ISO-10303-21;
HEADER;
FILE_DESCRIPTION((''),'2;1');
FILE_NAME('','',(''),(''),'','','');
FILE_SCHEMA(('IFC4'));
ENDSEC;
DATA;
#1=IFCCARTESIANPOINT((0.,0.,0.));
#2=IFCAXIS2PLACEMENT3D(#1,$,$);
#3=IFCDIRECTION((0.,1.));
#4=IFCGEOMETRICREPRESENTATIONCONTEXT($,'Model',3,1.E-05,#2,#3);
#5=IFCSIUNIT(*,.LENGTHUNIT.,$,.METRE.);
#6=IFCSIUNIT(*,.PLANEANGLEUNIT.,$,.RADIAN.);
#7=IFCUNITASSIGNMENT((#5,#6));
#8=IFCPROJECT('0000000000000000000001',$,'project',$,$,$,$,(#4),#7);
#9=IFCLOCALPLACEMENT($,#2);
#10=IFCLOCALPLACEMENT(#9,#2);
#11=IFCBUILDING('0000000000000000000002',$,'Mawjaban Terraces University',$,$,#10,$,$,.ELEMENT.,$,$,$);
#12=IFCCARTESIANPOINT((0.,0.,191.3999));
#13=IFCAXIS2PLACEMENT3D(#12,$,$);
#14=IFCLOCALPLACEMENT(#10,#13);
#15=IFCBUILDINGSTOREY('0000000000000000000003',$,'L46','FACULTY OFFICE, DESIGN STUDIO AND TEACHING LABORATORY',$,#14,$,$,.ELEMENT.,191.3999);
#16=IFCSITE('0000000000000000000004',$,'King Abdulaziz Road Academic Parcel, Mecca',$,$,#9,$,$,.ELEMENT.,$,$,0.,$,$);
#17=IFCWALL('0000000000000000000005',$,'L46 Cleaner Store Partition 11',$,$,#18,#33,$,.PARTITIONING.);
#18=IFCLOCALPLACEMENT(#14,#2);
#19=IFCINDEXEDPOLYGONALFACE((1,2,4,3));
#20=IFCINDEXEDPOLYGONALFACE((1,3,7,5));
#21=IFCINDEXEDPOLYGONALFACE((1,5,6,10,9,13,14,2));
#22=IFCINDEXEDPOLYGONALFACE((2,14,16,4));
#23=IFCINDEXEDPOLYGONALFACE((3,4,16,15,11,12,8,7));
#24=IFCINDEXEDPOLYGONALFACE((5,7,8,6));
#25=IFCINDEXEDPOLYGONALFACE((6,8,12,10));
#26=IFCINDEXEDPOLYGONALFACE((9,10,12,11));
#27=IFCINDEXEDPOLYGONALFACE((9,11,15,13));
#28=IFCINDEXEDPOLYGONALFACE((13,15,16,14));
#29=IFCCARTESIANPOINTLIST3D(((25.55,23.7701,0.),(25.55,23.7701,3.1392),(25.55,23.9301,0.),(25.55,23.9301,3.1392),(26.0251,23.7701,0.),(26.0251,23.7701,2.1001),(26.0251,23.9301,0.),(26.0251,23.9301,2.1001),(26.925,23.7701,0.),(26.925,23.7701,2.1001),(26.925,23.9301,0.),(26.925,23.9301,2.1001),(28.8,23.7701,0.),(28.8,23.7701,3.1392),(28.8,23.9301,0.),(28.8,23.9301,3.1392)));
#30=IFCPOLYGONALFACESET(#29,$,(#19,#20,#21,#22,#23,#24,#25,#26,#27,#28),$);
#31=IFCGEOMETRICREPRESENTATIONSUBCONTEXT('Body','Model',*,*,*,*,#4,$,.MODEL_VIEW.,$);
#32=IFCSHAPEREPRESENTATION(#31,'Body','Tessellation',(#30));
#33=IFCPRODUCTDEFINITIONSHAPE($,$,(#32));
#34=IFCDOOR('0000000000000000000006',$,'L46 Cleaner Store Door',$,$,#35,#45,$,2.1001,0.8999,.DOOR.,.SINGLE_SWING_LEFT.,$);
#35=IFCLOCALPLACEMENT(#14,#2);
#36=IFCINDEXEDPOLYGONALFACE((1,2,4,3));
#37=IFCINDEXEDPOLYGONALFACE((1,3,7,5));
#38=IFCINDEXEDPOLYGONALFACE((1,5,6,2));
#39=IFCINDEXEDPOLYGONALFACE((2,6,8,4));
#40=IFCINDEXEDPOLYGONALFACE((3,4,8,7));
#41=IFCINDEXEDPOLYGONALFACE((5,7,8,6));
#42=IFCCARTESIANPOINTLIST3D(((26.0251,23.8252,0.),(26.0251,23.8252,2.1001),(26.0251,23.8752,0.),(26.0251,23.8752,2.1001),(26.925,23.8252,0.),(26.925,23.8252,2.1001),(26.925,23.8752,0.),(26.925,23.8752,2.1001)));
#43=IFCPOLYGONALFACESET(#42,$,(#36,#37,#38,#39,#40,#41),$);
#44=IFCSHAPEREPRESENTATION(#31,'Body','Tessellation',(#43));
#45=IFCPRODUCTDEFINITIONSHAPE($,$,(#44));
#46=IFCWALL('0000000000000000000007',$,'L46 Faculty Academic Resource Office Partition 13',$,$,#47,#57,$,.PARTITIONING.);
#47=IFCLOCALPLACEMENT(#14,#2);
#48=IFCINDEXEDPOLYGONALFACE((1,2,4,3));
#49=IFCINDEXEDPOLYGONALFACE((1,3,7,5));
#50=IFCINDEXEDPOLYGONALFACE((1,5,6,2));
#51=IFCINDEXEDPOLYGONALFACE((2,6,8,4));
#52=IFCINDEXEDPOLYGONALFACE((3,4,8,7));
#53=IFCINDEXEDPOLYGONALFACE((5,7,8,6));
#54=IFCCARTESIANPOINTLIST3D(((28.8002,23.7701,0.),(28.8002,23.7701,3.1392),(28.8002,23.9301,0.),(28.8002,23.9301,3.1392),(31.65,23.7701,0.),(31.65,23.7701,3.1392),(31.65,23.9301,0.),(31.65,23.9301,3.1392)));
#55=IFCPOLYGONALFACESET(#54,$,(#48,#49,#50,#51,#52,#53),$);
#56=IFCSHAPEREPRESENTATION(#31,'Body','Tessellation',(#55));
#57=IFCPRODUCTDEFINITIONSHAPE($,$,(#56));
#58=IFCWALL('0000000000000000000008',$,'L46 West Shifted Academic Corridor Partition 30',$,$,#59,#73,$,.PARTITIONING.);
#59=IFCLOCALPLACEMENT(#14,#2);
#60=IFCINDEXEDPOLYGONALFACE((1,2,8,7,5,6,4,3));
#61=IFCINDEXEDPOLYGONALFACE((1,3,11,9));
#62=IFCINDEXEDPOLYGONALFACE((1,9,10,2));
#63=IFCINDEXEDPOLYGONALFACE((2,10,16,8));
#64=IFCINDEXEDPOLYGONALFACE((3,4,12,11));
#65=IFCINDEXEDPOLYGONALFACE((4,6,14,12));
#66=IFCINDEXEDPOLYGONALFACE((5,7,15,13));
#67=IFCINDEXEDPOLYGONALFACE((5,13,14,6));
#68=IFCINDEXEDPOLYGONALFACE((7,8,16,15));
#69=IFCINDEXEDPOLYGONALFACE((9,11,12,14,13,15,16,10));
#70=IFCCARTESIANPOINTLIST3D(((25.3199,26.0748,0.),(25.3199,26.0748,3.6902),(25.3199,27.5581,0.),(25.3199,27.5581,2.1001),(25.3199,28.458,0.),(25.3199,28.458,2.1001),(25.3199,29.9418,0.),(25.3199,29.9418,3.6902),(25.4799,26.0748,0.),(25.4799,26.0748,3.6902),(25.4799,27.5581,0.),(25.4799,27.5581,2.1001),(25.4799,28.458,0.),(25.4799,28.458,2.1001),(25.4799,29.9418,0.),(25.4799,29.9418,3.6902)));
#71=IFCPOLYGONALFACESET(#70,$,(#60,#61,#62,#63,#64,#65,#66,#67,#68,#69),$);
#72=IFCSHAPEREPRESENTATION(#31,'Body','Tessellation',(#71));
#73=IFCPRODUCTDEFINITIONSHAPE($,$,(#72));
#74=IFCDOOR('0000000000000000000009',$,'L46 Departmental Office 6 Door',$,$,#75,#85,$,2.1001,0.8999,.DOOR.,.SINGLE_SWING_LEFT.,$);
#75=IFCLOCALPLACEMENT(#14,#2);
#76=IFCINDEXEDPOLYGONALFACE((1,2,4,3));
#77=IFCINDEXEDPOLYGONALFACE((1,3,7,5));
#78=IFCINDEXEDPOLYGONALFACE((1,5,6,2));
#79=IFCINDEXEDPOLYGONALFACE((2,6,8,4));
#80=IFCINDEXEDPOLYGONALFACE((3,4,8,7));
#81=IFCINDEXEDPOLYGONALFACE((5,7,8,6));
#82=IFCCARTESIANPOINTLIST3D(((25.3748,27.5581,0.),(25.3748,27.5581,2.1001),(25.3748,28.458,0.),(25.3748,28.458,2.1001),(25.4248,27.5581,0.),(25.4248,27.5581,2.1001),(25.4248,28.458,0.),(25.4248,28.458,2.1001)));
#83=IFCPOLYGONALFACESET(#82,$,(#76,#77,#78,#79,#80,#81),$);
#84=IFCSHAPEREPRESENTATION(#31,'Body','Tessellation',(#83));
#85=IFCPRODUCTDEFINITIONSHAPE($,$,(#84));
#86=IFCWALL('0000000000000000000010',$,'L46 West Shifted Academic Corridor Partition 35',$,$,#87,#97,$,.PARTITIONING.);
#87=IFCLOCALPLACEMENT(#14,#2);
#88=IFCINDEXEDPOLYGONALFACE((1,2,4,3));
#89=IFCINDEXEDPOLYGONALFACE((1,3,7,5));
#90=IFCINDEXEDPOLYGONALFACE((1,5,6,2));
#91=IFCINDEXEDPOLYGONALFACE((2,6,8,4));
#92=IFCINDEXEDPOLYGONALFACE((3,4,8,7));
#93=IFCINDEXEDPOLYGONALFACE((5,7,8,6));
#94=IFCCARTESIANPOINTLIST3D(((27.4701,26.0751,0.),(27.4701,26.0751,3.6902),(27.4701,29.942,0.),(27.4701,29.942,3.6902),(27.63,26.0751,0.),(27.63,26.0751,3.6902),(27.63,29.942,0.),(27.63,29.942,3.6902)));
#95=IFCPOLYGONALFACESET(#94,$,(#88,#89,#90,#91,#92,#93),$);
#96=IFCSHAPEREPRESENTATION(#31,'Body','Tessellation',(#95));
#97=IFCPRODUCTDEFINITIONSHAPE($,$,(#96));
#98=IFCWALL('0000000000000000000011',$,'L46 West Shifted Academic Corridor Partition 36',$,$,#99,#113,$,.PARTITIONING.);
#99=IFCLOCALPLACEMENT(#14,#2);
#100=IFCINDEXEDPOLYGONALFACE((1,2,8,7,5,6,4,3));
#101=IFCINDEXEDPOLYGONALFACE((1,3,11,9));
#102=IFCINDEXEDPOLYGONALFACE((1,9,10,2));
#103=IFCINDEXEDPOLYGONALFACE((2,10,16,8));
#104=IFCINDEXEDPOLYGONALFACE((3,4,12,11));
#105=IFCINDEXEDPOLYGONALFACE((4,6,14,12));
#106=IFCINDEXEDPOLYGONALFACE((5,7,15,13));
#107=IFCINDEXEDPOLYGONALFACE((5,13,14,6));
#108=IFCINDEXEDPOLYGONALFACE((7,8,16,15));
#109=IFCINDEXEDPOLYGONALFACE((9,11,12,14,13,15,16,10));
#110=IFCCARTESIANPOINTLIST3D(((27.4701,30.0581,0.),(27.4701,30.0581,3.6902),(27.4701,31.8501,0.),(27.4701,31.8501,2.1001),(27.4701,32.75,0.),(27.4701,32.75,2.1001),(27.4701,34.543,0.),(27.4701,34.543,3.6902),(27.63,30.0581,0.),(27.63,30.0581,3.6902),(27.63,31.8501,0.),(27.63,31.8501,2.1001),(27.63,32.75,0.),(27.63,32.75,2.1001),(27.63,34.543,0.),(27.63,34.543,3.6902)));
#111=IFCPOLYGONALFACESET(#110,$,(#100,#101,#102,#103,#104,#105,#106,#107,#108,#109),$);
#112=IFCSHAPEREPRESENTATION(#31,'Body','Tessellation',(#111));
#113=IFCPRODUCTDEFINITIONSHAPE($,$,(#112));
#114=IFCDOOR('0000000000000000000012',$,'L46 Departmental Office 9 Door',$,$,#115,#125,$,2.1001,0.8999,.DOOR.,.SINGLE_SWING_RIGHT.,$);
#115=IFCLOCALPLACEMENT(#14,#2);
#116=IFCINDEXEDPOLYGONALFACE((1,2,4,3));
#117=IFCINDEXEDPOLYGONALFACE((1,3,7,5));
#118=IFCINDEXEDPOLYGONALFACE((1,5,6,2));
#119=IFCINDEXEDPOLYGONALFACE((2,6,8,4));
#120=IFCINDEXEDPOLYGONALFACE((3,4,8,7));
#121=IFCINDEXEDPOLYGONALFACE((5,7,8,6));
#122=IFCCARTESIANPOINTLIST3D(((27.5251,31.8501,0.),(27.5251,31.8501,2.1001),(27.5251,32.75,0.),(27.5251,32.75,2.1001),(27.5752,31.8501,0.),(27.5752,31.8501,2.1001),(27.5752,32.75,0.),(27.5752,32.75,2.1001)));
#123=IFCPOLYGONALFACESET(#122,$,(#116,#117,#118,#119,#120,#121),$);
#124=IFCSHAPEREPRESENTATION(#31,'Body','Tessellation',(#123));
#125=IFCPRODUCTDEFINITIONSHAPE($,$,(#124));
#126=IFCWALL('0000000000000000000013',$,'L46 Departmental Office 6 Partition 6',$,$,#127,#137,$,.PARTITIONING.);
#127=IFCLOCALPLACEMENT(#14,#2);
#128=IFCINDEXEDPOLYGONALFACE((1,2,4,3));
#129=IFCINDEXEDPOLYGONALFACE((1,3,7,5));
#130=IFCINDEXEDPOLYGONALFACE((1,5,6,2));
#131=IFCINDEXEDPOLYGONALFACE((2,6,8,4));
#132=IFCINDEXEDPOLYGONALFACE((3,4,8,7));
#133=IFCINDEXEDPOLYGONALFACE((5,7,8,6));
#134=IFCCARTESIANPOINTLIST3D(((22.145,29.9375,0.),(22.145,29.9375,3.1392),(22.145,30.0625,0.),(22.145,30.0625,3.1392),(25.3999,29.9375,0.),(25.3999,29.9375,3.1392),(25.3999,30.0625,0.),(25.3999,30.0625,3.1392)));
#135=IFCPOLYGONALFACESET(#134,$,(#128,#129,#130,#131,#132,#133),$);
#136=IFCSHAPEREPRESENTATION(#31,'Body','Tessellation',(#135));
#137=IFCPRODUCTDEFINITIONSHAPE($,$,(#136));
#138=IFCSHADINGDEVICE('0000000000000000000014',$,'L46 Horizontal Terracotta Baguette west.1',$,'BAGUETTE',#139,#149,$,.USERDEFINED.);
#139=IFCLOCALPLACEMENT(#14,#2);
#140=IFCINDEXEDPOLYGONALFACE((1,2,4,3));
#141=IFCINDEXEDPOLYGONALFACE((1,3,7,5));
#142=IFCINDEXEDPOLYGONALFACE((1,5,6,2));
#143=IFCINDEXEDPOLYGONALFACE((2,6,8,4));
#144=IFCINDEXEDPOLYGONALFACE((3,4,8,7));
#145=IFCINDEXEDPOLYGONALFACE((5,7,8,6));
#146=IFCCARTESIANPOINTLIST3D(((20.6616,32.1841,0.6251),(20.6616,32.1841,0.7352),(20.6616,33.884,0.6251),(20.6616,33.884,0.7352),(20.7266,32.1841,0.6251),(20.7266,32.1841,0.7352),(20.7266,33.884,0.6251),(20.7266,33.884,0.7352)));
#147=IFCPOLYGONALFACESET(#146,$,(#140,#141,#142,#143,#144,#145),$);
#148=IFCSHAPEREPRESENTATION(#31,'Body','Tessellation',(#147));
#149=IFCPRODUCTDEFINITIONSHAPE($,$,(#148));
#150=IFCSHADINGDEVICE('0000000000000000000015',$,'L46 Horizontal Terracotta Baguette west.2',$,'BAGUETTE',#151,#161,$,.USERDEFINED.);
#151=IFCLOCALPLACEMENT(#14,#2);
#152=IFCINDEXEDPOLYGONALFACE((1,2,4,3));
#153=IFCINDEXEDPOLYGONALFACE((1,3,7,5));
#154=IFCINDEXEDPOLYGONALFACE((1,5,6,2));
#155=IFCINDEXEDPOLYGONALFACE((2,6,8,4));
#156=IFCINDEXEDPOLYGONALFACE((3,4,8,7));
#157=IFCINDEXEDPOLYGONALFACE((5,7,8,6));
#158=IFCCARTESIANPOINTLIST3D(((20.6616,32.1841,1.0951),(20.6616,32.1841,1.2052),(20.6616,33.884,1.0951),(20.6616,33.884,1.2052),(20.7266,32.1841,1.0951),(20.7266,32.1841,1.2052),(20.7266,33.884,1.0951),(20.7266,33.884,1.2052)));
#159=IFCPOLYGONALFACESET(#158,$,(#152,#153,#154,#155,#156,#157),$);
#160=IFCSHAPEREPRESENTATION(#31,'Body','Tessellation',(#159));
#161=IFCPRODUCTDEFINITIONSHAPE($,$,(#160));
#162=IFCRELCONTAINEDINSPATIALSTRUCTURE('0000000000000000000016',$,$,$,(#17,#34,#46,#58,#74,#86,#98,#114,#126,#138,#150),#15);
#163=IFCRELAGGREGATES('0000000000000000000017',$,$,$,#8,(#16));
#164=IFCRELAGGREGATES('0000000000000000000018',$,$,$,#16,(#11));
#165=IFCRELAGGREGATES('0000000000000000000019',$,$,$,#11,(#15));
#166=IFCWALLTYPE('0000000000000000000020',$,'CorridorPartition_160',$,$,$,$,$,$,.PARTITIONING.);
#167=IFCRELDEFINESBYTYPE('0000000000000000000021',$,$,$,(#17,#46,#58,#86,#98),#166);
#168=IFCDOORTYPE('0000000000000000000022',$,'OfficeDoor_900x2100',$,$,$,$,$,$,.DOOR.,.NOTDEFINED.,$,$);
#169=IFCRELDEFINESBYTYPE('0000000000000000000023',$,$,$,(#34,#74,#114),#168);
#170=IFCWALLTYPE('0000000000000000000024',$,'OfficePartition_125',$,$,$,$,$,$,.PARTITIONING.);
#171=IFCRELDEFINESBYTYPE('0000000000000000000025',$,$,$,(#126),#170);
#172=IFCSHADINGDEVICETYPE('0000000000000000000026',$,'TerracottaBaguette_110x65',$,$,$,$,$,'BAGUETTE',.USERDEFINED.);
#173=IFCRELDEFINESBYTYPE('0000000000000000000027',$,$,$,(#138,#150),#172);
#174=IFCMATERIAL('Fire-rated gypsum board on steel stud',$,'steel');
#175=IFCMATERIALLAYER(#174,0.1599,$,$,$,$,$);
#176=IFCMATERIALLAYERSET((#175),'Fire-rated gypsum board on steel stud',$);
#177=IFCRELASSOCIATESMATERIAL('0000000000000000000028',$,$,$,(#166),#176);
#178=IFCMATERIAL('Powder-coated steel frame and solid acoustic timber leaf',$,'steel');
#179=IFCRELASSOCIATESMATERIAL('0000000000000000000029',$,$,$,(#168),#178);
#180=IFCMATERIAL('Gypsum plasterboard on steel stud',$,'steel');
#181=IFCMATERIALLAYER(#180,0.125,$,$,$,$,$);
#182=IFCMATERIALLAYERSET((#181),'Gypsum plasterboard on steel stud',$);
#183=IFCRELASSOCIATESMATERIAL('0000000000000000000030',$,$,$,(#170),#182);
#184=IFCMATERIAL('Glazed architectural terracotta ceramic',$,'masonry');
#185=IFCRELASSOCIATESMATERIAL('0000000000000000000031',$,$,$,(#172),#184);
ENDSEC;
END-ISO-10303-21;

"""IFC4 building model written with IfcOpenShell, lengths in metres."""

from ifc_helpers import new_model, si_unit, direction, frame, frame_2d, origin, origin_2d, place, context, subcontext, project, spatial, rectangle, extrude, material, layer, layer_set, material_profile, profile_set, type_object, element, fill, save


model = new_model("IFC4")

# Units and contexts
model_context = context("Model", 3, precision=1e-05, world=origin(), true_north=direction((0.0, 1.0)))
body_context = subcontext(model_context, "Body", "Model", "MODEL_VIEW")
ifc_project = project(units=[si_unit("LENGTHUNIT", "METRE"), si_unit("PLANEANGLEUNIT", "RADIAN")], contexts=[model_context])

# Site, building, storey
site_placement = place(None, origin())
site = spatial("IfcSite", under=ifc_project, at=site_placement, Name="King Abdulaziz Road Academic Parcel, Mecca", CompositionType="ELEMENT", RefElevation=0.0)
building_placement = place(site_placement, origin())
building = spatial("IfcBuilding", under=site, at=building_placement, Name="Mawjaban Terraces University", CompositionType="ELEMENT")
storey_placement = place(building_placement, frame((0.0, 0.0, 191.3999)))
storey = spatial("IfcBuildingStorey", under=building, at=storey_placement, Name="L46", Description="FACULTY OFFICE, DESIGN STUDIO AND TEACHING LABORATORY", CompositionType="ELEMENT", Elevation=191.3999)

# Shared definitions
ifc_material_1 = material(Name="Fire-rated gypsum board on steel stud", Category="steel")
ifc_layer_1 = layer(ifc_material_1, 0.1599)
ifc_layer_set_1 = layer_set([ifc_layer_1], Name="Fire-rated gypsum board on steel stud")
wall_type_1 = type_object("IfcWallType", Name="CorridorPartition_160", PredefinedType="PARTITIONING", material=ifc_layer_set_1)

# Wall, opening, door
ifc_material_2 = material(Name="Powder-coated steel frame and solid acoustic timber leaf", Category="steel")
wall_1_placement = place(storey_placement, frame((28.8, 23.8501, 0.0), z_axis=(0.0, 0.0, 1.0), x_axis=(-1.0, 0.0, 0.0)))
wall_1 = element("IfcWall", 1, at=wall_1_placement, inside=storey, type_object=wall_type_1, Name="L46 Cleaner Store Partition 11", PredefinedType="PARTITIONING", context=body_context, shape_type="SweptSolid", body=[
    extrude(rectangle(XDim=3.25, YDim=0.1599, at=frame_2d((1.625, 0.0))), origin(), (0.0, 0.0, 1.0), 3.1392),
])
opening_1_placement = place(wall_1_placement, frame((1.875, 0.0, 0.0)))
opening_1 = element("IfcOpeningElement", 2, at=opening_1_placement, cuts=wall_1, PredefinedType="OPENING", context=body_context, shape_type="SweptSolid", body=[
    extrude(rectangle(XDim=0.8999, YDim=2.1001, at=frame_2d((0.45, 1.05))), frame((0.0, 0.0898, 0.0), z_axis=(0.0, -1.0, 0.0), x_axis=(1.0, 0.0, 0.0)), (0.0, 0.0, 1.0), 0.1799),
])
door_type_1 = type_object("IfcDoorType", Name="OfficeDoor_900x2100", OperationType="NOTDEFINED", PredefinedType="DOOR", material=ifc_material_2)
door_1_placement = place(opening_1_placement, origin())
door_1 = element("IfcDoor", 3, at=door_1_placement, inside=storey, type_object=door_type_1, Name="L46 Cleaner Store Door", OperationType="SINGLE_SWING_LEFT", OverallHeight=2.1001, OverallWidth=0.8999, PredefinedType="DOOR", context=body_context, shape_type="SweptSolid", body=[
    extrude(rectangle(XDim=0.8999, YDim=2.1001, at=frame_2d((0.45, 1.05))), frame((0.0, 0.0249, 0.0), z_axis=(0.0, -1.0, 0.0), x_axis=(1.0, 0.0, 0.0)), (0.0, 0.0, 1.0), 0.05),
])
fill(opening_1, door_1)

# Wall
wall_2_placement = place(storey_placement, frame((31.6499, 23.8501, 0.0), z_axis=(0.0, 0.0, 1.0), x_axis=(-1.0, 0.0, 0.0)))
element("IfcWall", 4, at=wall_2_placement, inside=storey, type_object=wall_type_1, Name="L46 Faculty Academic Resource Office Partition 13", PredefinedType="PARTITIONING", context=body_context, shape_type="SweptSolid", body=[
    extrude(rectangle(XDim=2.8499, YDim=0.1599, at=frame_2d((1.4248, 0.0))), origin(), (0.0, 0.0, 1.0), 3.1392),
])

# Wall, opening, door
wall_3_placement = place(storey_placement, frame((25.3999, 29.9419, 0.0), z_axis=(0.0, 0.0, 1.0), x_axis=(0.0, -1.0, 0.0)))
wall_3 = element("IfcWall", 5, at=wall_3_placement, inside=storey, type_object=wall_type_1, Name="L46 West Shifted Academic Corridor Partition 30", PredefinedType="PARTITIONING", context=body_context, shape_type="SweptSolid", body=[
    extrude(rectangle(XDim=3.8669, YDim=0.1599, at=frame_2d((1.9336, 0.0))), origin(), (0.0, 0.0, 1.0), 3.6902),
])
opening_2_placement = place(wall_3_placement, frame((1.4839, 0.0, 0.0)))
opening_2 = element("IfcOpeningElement", 6, at=opening_2_placement, cuts=wall_3, PredefinedType="OPENING", context=body_context, shape_type="SweptSolid", body=[
    extrude(rectangle(XDim=0.8999, YDim=2.1001, at=frame_2d((0.45, 1.05))), frame((0.0, 0.0898, 0.0), z_axis=(0.0, -1.0, 0.0), x_axis=(1.0, 0.0, 0.0)), (0.0, 0.0, 1.0), 0.1799),
])
door_2_placement = place(opening_2_placement, origin())
door_2 = element("IfcDoor", 7, at=door_2_placement, inside=storey, type_object=door_type_1, Name="L46 Departmental Office 6 Door", OperationType="SINGLE_SWING_LEFT", OverallHeight=2.1001, OverallWidth=0.8999, PredefinedType="DOOR", context=body_context, shape_type="SweptSolid", body=[
    extrude(rectangle(XDim=0.8999, YDim=2.1001, at=frame_2d((0.45, 1.05))), frame((0.0, 0.0249, 0.0), z_axis=(0.0, -1.0, 0.0), x_axis=(1.0, 0.0, 0.0)), (0.0, 0.0, 1.0), 0.05),
])
fill(opening_2, door_2)

# Wall
wall_4_placement = place(storey_placement, frame((27.55, 26.075, 0.0), z_axis=(0.0, 0.0, 1.0), x_axis=(0.0, 1.0, 0.0)))
element("IfcWall", 8, at=wall_4_placement, inside=storey, type_object=wall_type_1, Name="L46 West Shifted Academic Corridor Partition 35", PredefinedType="PARTITIONING", context=body_context, shape_type="SweptSolid", body=[
    extrude(rectangle(XDim=3.8669, YDim=0.1599, at=frame_2d((1.9336, 0.0))), origin(), (0.0, 0.0, 1.0), 3.6902),
])

# Wall, opening, door
wall_5_placement = place(storey_placement, frame((27.55, 30.0581, 0.0), z_axis=(0.0, 0.0, 1.0), x_axis=(0.0, 1.0, 0.0)))
wall_5 = element("IfcWall", 9, at=wall_5_placement, inside=storey, type_object=wall_type_1, Name="L46 West Shifted Academic Corridor Partition 36", PredefinedType="PARTITIONING", context=body_context, shape_type="SweptSolid", body=[
    extrude(rectangle(XDim=4.4849, YDim=0.1599, at=frame_2d((2.2424, 0.0))), origin(), (0.0, 0.0, 1.0), 3.6902),
])
opening_3_placement = place(wall_5_placement, frame((1.792, 0.0, 0.0)))
opening_3 = element("IfcOpeningElement", 10, at=opening_3_placement, cuts=wall_5, PredefinedType="OPENING", context=body_context, shape_type="SweptSolid", body=[
    extrude(rectangle(XDim=0.8999, YDim=2.1001, at=frame_2d((0.45, 1.05))), frame((0.0, 0.0898, 0.0), z_axis=(0.0, -1.0, 0.0), x_axis=(1.0, 0.0, 0.0)), (0.0, 0.0, 1.0), 0.1799),
])
door_3_placement = place(opening_3_placement, origin())
door_3 = element("IfcDoor", 11, at=door_3_placement, inside=storey, type_object=door_type_1, Name="L46 Departmental Office 9 Door", OperationType="SINGLE_SWING_RIGHT", OverallHeight=2.1001, OverallWidth=0.8999, PredefinedType="DOOR", context=body_context, shape_type="SweptSolid", body=[
    extrude(rectangle(XDim=0.8999, YDim=2.1001, at=frame_2d((0.45, 1.05))), frame((0.0, 0.0249, 0.0), z_axis=(0.0, -1.0, 0.0), x_axis=(1.0, 0.0, 0.0)), (0.0, 0.0, 1.0), 0.05),
])
fill(opening_3, door_3)

# Wall
ifc_material_3 = material(Name="Gypsum plasterboard on steel stud", Category="steel")
ifc_layer_2 = layer(ifc_material_3, 0.125)
ifc_layer_set_2 = layer_set([ifc_layer_2], Name="Gypsum plasterboard on steel stud")
wall_type_2 = type_object("IfcWallType", Name="OfficePartition_125", PredefinedType="PARTITIONING", material=ifc_layer_set_2)
wall_6_placement = place(storey_placement, frame((25.3999, 30.0, 0.0), z_axis=(0.0, 0.0, 1.0), x_axis=(-1.0, 0.0, 0.0)))
element("IfcWall", 12, at=wall_6_placement, inside=storey, type_object=wall_type_2, Name="L46 Departmental Office 6 Partition 6", PredefinedType="PARTITIONING", context=body_context, shape_type="SweptSolid", body=[
    extrude(rectangle(XDim=3.2549, YDim=0.125, at=frame_2d((1.6274, 0.0))), origin(), (0.0, 0.0, 1.0), 3.1392),
])

# Shading devices
ifc_material_4 = material(Name="Glazed architectural terracotta ceramic", Category="masonry")
ifc_material_profile_1 = material_profile(ifc_material_4, rectangle(XDim=0.0649, YDim=0.1101, at=origin_2d()), Name="TBAG110X65")
ifc_profile_set_1 = profile_set([ifc_material_profile_1], Name="Glazed architectural terracotta ceramic")
shading_device_type = type_object("IfcShadingDeviceType", Name="TerracottaBaguette_110x65", ElementType="BAGUETTE", PredefinedType="USERDEFINED", material=ifc_profile_set_1)
for number, where, z_axis, x_axis, name in (
    (13, (20.6941, 32.1841, 0.6802), (0.0, 1.0, 0.0), (-1.0, 0.0, 0.0), "L46 Horizontal Terracotta Baguette west.1"),
    (14, (20.6941, 32.1841, 1.1501), (0.0, 1.0, 0.0), (-1.0, 0.0, 0.0), "L46 Horizontal Terracotta Baguette west.2"),
):
    element("IfcShadingDevice", number, at=place(storey_placement, frame(where, z_axis=z_axis, x_axis=x_axis)), inside=storey, type_object=shading_device_type, Name=name, ObjectType="BAGUETTE", PredefinedType="USERDEFINED", context=body_context, shape_type="SweptSolid", body=[
        extrude(rectangle(XDim=0.0649, YDim=0.1101, at=origin_2d()), origin(), (0.0, 0.0, 1.0), 1.7),
    ])

save(model, "model.ifc")
